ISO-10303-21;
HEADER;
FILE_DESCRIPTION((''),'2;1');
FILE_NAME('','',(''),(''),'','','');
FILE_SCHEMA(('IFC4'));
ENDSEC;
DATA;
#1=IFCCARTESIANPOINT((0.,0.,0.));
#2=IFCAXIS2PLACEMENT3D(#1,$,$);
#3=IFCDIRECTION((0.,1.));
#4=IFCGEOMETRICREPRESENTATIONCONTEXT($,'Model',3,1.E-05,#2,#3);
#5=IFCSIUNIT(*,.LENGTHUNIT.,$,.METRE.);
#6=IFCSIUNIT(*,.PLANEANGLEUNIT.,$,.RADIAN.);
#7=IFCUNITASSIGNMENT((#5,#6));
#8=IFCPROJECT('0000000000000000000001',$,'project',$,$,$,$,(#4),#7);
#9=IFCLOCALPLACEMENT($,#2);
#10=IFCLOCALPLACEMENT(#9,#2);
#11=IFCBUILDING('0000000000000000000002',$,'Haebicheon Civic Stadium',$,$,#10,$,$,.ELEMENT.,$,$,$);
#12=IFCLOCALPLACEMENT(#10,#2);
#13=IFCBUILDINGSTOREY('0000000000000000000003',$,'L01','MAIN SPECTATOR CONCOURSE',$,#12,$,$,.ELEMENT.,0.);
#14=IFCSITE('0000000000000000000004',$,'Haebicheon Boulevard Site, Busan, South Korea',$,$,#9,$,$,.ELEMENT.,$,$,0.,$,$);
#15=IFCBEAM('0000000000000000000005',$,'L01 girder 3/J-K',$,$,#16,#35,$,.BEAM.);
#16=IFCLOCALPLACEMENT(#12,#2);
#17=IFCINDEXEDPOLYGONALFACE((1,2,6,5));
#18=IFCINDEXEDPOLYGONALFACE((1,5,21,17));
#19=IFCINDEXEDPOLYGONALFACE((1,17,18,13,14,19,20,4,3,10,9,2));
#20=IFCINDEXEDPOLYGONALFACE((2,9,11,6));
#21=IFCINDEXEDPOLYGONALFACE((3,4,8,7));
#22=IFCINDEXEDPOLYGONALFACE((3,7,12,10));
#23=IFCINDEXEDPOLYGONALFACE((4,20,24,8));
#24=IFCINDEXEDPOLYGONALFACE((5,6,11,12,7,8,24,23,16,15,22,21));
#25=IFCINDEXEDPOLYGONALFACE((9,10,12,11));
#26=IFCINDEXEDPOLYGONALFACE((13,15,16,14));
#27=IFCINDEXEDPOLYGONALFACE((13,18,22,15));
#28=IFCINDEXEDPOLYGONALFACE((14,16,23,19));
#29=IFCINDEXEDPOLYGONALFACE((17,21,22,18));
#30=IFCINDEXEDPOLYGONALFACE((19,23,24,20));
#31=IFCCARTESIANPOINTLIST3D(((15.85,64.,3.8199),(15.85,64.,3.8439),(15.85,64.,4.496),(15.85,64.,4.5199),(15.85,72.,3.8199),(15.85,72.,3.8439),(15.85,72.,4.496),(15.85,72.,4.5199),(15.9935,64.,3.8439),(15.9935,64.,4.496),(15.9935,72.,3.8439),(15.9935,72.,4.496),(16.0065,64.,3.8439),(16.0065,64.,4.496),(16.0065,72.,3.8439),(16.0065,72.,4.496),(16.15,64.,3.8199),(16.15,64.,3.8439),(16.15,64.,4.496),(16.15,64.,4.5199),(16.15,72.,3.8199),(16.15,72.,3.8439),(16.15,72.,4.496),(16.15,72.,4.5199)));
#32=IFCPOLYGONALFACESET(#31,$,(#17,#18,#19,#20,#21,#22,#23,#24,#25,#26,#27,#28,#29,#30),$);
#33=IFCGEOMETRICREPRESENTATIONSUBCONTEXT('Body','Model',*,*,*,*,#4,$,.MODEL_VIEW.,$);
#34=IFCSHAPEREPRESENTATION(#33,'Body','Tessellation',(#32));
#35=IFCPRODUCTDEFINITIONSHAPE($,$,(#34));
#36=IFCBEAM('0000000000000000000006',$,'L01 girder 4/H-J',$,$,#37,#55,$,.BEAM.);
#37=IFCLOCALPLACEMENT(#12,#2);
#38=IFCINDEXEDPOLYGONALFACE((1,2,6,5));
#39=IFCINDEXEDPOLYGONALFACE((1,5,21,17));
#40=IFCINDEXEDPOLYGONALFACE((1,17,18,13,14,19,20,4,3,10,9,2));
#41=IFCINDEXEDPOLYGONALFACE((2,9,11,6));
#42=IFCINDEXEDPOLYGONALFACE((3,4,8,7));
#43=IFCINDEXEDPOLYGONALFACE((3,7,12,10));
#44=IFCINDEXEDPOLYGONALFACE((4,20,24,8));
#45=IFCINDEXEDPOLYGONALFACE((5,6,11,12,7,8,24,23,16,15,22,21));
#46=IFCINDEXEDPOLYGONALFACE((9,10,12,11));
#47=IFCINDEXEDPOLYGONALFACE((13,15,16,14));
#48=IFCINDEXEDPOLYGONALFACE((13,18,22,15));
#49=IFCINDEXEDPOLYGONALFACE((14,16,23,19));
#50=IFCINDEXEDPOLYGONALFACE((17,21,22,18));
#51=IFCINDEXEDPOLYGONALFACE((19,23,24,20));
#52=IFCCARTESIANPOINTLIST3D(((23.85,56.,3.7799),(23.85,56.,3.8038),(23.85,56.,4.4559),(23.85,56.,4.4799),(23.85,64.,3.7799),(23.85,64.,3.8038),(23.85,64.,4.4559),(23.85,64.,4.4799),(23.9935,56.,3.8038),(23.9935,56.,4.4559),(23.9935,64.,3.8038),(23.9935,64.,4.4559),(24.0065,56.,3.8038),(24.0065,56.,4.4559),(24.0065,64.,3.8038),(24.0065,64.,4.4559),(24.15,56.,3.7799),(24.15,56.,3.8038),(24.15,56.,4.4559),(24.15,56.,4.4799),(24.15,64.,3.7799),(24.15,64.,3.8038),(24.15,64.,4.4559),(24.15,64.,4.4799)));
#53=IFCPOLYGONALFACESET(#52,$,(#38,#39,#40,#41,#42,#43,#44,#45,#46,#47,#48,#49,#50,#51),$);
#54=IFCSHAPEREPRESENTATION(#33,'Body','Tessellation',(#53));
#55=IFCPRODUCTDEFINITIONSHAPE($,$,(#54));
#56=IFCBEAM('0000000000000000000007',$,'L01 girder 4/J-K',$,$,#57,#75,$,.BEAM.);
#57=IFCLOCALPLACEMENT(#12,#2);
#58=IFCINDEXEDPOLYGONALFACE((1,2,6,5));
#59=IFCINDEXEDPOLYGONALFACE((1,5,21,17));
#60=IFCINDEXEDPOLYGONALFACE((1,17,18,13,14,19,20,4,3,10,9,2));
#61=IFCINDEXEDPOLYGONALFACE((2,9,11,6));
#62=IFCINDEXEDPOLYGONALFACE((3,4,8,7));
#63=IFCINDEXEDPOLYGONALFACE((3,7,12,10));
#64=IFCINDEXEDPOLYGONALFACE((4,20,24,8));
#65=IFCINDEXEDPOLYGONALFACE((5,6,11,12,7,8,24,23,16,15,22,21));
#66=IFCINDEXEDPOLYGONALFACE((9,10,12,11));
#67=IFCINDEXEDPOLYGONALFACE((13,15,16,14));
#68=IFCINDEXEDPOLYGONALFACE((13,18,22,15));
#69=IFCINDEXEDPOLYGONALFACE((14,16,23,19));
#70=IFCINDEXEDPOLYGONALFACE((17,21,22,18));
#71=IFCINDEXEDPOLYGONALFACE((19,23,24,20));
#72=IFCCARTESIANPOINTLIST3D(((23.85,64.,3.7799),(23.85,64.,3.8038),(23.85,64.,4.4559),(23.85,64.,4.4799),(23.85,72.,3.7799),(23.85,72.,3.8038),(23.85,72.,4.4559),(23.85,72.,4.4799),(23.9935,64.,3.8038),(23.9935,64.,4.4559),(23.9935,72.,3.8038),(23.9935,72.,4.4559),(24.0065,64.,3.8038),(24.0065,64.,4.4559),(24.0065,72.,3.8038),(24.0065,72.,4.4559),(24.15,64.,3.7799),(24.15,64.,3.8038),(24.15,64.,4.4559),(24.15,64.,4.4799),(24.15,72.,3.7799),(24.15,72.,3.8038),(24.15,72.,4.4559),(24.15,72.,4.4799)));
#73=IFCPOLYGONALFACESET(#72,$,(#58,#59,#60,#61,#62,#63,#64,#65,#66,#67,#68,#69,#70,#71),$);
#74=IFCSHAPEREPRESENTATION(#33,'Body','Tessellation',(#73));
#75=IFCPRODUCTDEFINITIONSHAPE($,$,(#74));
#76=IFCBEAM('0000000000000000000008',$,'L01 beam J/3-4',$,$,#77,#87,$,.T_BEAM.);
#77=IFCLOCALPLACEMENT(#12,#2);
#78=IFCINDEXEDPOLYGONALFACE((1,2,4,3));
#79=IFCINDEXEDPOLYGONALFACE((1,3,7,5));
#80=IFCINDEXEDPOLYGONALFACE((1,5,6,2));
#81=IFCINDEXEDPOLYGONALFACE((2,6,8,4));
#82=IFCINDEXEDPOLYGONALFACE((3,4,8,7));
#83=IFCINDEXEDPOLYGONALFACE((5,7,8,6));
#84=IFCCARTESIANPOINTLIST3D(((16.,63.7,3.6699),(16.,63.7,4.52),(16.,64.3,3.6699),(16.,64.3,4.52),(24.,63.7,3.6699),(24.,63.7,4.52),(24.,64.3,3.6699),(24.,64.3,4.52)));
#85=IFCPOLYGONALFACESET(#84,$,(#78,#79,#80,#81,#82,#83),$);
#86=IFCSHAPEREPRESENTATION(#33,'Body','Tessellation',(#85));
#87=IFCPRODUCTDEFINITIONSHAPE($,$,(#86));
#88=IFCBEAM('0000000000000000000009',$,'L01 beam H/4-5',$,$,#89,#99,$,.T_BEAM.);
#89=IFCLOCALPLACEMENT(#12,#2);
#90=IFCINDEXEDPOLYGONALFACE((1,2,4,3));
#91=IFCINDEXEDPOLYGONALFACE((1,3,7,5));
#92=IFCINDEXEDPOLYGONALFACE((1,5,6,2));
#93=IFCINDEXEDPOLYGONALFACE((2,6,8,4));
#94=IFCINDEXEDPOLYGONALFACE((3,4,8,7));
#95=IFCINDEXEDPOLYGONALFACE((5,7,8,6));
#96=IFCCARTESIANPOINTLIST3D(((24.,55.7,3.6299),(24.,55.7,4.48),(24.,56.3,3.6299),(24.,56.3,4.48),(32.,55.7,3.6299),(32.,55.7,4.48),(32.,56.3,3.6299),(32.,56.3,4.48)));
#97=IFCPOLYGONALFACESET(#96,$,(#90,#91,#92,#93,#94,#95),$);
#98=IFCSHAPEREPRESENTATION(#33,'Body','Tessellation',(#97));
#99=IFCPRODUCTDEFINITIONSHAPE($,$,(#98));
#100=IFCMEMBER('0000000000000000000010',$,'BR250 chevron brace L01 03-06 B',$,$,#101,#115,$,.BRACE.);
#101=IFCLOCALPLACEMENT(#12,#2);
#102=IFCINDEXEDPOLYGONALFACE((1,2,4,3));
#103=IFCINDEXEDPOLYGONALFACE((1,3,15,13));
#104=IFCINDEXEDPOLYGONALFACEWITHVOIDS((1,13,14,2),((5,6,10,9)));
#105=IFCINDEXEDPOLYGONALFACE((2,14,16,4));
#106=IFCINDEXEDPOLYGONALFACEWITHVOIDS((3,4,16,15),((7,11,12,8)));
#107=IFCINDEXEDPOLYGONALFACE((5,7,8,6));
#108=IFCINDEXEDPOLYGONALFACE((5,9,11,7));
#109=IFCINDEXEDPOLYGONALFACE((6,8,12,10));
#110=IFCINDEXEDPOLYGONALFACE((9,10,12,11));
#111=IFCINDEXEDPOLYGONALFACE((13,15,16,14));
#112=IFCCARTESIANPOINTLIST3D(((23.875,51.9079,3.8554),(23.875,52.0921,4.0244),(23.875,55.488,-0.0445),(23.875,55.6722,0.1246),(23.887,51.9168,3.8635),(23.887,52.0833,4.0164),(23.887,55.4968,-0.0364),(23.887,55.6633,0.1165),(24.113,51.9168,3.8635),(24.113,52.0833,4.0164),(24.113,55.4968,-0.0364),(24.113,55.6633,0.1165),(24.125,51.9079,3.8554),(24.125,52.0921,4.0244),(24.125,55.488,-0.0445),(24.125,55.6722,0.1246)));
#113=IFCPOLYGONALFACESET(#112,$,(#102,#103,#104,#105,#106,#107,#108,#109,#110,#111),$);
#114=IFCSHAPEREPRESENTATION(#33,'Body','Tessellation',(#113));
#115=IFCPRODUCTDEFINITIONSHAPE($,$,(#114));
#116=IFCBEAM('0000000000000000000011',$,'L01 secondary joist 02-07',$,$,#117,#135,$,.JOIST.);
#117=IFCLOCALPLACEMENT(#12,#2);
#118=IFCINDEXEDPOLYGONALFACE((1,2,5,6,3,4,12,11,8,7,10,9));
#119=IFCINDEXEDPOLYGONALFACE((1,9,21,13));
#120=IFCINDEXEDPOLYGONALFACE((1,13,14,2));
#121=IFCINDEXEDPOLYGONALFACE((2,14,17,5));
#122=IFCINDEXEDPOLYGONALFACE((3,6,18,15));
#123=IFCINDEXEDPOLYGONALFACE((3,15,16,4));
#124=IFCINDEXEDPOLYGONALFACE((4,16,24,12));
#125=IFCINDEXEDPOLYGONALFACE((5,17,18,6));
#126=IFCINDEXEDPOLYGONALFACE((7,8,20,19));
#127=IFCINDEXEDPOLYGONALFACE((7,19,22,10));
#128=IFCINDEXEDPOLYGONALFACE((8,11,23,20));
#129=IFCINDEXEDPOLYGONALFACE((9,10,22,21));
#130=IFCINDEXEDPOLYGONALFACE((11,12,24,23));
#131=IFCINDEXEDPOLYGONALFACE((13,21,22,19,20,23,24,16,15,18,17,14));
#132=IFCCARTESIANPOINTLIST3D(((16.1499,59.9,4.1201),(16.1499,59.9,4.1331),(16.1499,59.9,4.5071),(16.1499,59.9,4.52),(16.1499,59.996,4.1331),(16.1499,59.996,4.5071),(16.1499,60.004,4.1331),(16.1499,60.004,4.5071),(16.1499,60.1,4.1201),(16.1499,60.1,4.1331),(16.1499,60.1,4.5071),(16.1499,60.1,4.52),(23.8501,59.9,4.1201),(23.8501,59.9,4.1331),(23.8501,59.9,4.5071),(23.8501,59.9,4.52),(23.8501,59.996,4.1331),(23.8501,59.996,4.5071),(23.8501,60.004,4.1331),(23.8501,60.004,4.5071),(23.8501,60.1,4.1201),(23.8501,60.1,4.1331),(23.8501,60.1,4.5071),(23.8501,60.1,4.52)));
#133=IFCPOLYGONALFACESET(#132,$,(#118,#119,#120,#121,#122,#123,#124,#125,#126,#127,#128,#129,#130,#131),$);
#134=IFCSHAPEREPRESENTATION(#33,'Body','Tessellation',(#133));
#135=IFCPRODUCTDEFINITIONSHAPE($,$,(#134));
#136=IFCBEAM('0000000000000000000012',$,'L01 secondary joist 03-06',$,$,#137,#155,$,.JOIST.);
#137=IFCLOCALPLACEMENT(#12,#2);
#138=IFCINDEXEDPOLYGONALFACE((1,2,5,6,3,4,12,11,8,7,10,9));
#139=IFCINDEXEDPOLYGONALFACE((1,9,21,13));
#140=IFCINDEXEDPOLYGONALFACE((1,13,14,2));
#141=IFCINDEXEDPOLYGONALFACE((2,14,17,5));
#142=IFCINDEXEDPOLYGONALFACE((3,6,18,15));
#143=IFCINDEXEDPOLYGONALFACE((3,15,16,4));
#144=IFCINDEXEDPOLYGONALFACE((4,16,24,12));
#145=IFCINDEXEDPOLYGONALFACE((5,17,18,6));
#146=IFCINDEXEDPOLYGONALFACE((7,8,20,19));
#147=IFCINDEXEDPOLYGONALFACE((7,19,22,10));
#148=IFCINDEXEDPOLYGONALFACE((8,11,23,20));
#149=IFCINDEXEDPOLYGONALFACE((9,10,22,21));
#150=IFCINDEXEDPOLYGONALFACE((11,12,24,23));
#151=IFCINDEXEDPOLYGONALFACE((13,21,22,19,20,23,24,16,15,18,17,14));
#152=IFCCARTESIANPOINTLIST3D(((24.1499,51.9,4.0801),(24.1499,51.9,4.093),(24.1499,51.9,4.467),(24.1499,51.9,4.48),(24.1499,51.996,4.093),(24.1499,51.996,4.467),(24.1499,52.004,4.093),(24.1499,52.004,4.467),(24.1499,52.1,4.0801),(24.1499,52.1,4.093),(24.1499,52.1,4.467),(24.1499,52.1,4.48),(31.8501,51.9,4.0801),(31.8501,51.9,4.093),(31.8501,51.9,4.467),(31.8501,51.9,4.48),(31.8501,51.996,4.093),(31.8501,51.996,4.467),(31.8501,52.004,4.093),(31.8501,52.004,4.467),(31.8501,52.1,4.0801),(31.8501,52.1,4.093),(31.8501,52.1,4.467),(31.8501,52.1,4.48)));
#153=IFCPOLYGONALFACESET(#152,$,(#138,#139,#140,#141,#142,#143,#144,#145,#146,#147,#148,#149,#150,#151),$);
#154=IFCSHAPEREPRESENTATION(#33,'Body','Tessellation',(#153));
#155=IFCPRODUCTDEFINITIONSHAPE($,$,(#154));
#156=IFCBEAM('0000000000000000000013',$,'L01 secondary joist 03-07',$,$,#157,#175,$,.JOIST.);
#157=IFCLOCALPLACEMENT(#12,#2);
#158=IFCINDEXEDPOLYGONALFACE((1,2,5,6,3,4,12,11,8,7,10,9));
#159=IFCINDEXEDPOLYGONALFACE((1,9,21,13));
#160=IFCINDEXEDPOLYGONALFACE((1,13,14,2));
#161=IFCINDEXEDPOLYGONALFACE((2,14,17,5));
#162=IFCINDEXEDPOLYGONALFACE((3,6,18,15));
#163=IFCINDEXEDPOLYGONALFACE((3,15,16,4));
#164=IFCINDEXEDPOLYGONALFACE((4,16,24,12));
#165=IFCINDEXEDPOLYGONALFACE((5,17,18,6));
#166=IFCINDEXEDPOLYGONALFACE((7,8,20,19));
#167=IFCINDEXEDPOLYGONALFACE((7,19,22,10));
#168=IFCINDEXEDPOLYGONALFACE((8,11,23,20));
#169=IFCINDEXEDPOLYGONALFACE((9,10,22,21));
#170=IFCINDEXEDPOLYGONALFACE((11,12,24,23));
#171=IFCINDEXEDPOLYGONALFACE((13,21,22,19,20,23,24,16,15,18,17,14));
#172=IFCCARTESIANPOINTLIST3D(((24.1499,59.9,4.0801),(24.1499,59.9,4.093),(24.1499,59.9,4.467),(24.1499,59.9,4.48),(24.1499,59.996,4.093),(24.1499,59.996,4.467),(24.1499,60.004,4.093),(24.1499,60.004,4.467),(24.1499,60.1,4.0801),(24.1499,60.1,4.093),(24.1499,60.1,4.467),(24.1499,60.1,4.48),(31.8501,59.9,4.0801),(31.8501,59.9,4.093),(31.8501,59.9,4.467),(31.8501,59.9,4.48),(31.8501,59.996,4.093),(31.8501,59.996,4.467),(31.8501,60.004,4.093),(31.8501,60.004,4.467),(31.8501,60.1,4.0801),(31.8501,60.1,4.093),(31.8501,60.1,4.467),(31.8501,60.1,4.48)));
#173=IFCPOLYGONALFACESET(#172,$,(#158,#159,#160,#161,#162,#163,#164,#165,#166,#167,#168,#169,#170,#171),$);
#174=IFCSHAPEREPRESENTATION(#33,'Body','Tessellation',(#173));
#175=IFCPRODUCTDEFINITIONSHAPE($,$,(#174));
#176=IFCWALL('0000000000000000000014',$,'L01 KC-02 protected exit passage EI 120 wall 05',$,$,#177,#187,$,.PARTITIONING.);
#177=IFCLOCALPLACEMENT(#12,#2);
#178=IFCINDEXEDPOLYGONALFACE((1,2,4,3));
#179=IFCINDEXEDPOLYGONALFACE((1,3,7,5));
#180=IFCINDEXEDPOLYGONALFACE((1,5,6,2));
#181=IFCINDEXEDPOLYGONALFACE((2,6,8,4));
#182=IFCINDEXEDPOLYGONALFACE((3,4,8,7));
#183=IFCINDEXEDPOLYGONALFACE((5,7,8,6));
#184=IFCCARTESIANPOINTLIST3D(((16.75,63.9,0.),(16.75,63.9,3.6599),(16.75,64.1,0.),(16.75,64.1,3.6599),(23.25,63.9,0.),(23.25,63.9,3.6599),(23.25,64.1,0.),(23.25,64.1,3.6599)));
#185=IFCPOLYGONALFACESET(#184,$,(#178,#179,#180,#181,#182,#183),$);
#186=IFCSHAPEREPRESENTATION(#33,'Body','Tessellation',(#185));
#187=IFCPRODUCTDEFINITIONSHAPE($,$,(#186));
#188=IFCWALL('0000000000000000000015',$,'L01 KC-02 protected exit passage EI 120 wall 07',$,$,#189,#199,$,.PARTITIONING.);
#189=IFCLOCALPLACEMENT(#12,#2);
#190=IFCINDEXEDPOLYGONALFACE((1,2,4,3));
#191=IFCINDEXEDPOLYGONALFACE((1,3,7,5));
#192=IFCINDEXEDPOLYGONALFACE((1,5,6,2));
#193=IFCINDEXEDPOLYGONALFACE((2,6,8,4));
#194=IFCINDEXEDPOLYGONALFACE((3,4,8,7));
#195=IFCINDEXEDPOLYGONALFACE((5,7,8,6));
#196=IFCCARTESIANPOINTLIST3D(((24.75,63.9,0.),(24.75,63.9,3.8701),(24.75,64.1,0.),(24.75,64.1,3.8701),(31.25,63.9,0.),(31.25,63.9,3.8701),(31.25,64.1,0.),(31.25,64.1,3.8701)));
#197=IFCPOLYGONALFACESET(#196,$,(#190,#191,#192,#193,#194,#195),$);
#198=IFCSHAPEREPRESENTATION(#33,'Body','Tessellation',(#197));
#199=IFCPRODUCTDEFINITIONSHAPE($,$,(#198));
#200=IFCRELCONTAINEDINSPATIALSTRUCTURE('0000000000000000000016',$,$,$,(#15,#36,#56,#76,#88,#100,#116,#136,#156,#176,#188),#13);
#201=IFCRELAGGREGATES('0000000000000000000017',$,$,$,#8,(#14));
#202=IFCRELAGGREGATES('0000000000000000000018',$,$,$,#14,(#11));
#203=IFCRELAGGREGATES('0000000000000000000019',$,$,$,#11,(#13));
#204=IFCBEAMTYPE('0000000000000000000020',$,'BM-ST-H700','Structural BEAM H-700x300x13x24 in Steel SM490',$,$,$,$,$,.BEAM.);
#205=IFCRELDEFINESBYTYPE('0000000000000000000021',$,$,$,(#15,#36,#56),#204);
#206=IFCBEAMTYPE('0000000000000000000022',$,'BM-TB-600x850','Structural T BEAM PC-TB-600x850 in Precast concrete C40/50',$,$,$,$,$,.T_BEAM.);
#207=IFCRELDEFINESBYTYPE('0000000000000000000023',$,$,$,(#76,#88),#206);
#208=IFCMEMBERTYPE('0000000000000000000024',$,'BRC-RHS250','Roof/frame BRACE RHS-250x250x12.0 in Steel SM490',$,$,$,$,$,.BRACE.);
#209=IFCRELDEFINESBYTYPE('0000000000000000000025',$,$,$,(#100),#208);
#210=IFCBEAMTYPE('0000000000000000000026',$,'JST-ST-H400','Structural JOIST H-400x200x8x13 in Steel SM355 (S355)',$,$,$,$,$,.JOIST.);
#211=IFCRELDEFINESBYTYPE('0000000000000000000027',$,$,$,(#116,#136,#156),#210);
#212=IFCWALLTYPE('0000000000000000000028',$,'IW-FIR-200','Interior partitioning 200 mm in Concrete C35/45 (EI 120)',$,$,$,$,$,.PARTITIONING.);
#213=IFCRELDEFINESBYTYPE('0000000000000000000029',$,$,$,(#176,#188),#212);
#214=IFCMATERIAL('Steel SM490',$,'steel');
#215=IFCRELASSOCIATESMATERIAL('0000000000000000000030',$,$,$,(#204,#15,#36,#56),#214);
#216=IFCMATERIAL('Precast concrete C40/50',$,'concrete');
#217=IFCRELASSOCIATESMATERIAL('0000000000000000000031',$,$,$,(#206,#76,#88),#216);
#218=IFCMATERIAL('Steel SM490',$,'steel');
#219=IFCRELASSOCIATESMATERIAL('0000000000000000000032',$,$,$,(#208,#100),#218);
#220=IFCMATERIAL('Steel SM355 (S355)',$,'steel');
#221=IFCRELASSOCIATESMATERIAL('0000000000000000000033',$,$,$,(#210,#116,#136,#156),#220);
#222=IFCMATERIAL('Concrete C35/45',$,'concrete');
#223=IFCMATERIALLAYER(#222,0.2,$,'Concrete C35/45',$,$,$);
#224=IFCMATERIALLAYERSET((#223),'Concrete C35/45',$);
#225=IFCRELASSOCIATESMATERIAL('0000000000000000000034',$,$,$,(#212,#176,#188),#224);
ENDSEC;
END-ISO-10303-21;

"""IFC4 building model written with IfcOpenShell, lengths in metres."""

from ifc_helpers import new_model, si_unit, direction, frame, frame_2d, origin, origin_2d, place, context, subcontext, project, spatial, rectangle, hollow_rectangle, i_section, extrude, material, layer, layer_set, material_profile, profile_set, type_object, element, save


model = new_model("IFC4")

# Units and contexts
model_context = context("Model", 3, precision=1e-05, world=origin(), true_north=direction((0.0, 1.0)))
body_context = subcontext(model_context, "Body", "Model", "MODEL_VIEW")
ifc_project = project(units=[si_unit("LENGTHUNIT", "METRE"), si_unit("PLANEANGLEUNIT", "RADIAN")], contexts=[model_context])

# Site, building, storey
site_placement = place(None, origin())
site = spatial("IfcSite", under=ifc_project, at=site_placement, Name="Haebicheon Boulevard Site, Busan, South Korea", CompositionType="ELEMENT", RefElevation=0.0)
building_placement = place(site_placement, origin())
building = spatial("IfcBuilding", under=site, at=building_placement, Name="Haebicheon Civic Stadium", CompositionType="ELEMENT")
storey_placement = place(building_placement, origin())
storey = spatial("IfcBuildingStorey", under=building, at=storey_placement, Name="L01", Description="MAIN SPECTATOR CONCOURSE", CompositionType="ELEMENT", Elevation=0.0)

# Beams
ifc_material_1 = material(Name="Steel SM490", Category="steel")
ifc_material_profile_1 = material_profile(ifc_material_1, i_section(OverallWidth=0.3, OverallDepth=0.7, WebThickness=0.0129, FlangeThickness=0.0239, at=origin_2d()), Name="H-700x300x13x24")
ifc_profile_set_1 = profile_set([ifc_material_profile_1], Name="Steel SM490")
beam_type_1 = type_object("IfcBeamType", Name="BM-ST-H700", Description="Structural BEAM H-700x300x13x24 in Steel SM490", PredefinedType="BEAM", material=ifc_profile_set_1)
for number, where, z_axis, x_axis, name in (
    (1, (16.0, 64.0, 4.1699), (0.0, 1.0, 0.0), (-1.0, 0.0, 0.0), "L01 girder 3/J-K"),
    (2, (24.0, 56.0, 4.1299), (0.0, 1.0, 0.0), (-1.0, 0.0, 0.0), "L01 girder 4/H-J"),
    (3, (24.0, 64.0, 4.1299), (0.0, 1.0, 0.0), (-1.0, 0.0, 0.0), "L01 girder 4/J-K"),
):
    element("IfcBeam", number, at=place(storey_placement, frame(where, z_axis=z_axis, x_axis=x_axis)), inside=storey, type_object=beam_type_1, material=ifc_profile_set_1, Name=name, PredefinedType="BEAM", context=body_context, shape_type="SweptSolid", body=[
        extrude(i_section(OverallWidth=0.3, OverallDepth=0.7, WebThickness=0.0129, FlangeThickness=0.0239, at=origin_2d()), origin(), (0.0, 0.0, 1.0), 8.0),
    ])
ifc_material_2 = material(Name="Precast concrete C40/50", Category="concrete")
ifc_material_profile_2 = material_profile(ifc_material_2, rectangle(XDim=0.6001, YDim=0.8501, at=origin_2d()), Name="PC-TB-600x850")
ifc_profile_set_2 = profile_set([ifc_material_profile_2], Name="Precast concrete C40/50")
beam_type_2 = type_object("IfcBeamType", Name="BM-TB-600x850", Description="Structural T BEAM PC-TB-600x850 in Precast concrete C40/50", PredefinedType="T_BEAM", material=ifc_profile_set_2)
for number, where, z_axis, x_axis, name in (
    (4, (16.0, 64.0, 4.095), (1.0, 0.0, 0.0), (0.0, 1.0, 0.0), "L01 beam J/3-4"),
    (5, (24.0, 56.0, 4.0549), (1.0, 0.0, 0.0), (0.0, 1.0, 0.0), "L01 beam H/4-5"),
):
    element("IfcBeam", number, at=place(storey_placement, frame(where, z_axis=z_axis, x_axis=x_axis)), inside=storey, type_object=beam_type_2, material=ifc_profile_set_2, Name=name, PredefinedType="T_BEAM", context=body_context, shape_type="SweptSolid", body=[
        extrude(rectangle(XDim=0.6001, YDim=0.8501, at=origin_2d()), origin(), (0.0, 0.0, 1.0), 8.0),
    ])

# Member
ifc_material_3 = material(Name="Steel SM490", Category="steel")
ifc_material_profile_3 = material_profile(ifc_material_3, hollow_rectangle(XDim=0.25, YDim=0.25, WallThickness=0.012, at=origin_2d()), Name="RHS-250x250x12.0")
ifc_profile_set_3 = profile_set([ifc_material_profile_3], Name="Steel SM490")
member_type = type_object("IfcMemberType", Name="BRC-RHS250", Description="Roof/frame BRACE RHS-250x250x12.0 in Steel SM490", PredefinedType="BRACE", material=ifc_profile_set_3)
member_placement = place(storey_placement, frame((24.0, 55.5801, 0.04), z_axis=(0.0, -0.676255, 0.736668), x_axis=(1.0, 0.0, 0.0)))
element("IfcMember", 6, at=member_placement, inside=storey, type_object=member_type, material=ifc_profile_set_3, Name="BR250 chevron brace L01 03-06 B", PredefinedType="BRACE", context=body_context, shape_type="SweptSolid", body=[
    extrude(hollow_rectangle(XDim=0.25, YDim=0.25, WallThickness=0.012, at=origin_2d()), origin(), (0.0, 0.0, 1.0), 5.2939),
])

# Beams
ifc_material_4 = material(Name="Steel SM355 (S355)", Category="steel")
ifc_material_profile_4 = material_profile(ifc_material_4, i_section(OverallWidth=0.2, OverallDepth=0.3999, WebThickness=0.0081, FlangeThickness=0.0129, at=origin_2d()), Name="H-400x200x8x13")
ifc_profile_set_4 = profile_set([ifc_material_profile_4], Name="Steel SM355 (S355)")
beam_type_3 = type_object("IfcBeamType", Name="JST-ST-H400", Description="Structural JOIST H-400x200x8x13 in Steel SM355 (S355)", PredefinedType="JOIST", material=ifc_profile_set_4)
for number, where, z_axis, x_axis, name in (
    (7, (16.1499, 60.0, 4.3201), (1.0, 0.0, 0.0), (0.0, 1.0, 0.0), "L01 secondary joist 02-07"),
    (8, (24.1499, 52.0, 4.28), (1.0, 0.0, 0.0), (0.0, 1.0, 0.0), "L01 secondary joist 03-06"),
    (9, (24.1499, 60.0, 4.28), (1.0, 0.0, 0.0), (0.0, 1.0, 0.0), "L01 secondary joist 03-07"),
):
    element("IfcBeam", number, at=place(storey_placement, frame(where, z_axis=z_axis, x_axis=x_axis)), inside=storey, type_object=beam_type_3, material=ifc_profile_set_4, Name=name, PredefinedType="JOIST", context=body_context, shape_type="SweptSolid", body=[
        extrude(i_section(OverallWidth=0.2, OverallDepth=0.3999, WebThickness=0.0081, FlangeThickness=0.0129, at=origin_2d()), origin(), (0.0, 0.0, 1.0), 7.7002),
    ])

# Walls
ifc_material_5 = material(Name="Concrete C35/45", Category="concrete")
ifc_layer_1 = layer(ifc_material_5, 0.2, Name="Concrete C35/45")
ifc_layer_set_1 = layer_set([ifc_layer_1], Name="Concrete C35/45")
wall_type = type_object("IfcWallType", Name="IW-FIR-200", Description="Interior partitioning 200 mm in Concrete C35/45 (EI 120)", PredefinedType="PARTITIONING", material=ifc_layer_set_1)
wall_1_placement = place(storey_placement, frame((16.75, 64.0, 0.0), z_axis=(0.0, 0.0, 1.0), x_axis=(1.0, 0.0, 0.0)))
element("IfcWall", 10, at=wall_1_placement, inside=storey, type_object=wall_type, material=ifc_layer_set_1, Name="L01 KC-02 protected exit passage EI 120 wall 05", PredefinedType="PARTITIONING", context=body_context, shape_type="SweptSolid", body=[
    extrude(rectangle(XDim=6.5, YDim=0.2, at=frame_2d((3.25, 0.0))), origin(), (0.0, 0.0, 1.0), 3.6599),
])
wall_2_placement = place(storey_placement, frame((24.75, 64.0, 0.0), z_axis=(0.0, 0.0, 1.0), x_axis=(1.0, 0.0, 0.0)))
element("IfcWall", 11, at=wall_2_placement, inside=storey, type_object=wall_type, material=ifc_layer_set_1, Name="L01 KC-02 protected exit passage EI 120 wall 07", PredefinedType="PARTITIONING", context=body_context, shape_type="SweptSolid", body=[
    extrude(rectangle(XDim=6.5, YDim=0.2, at=frame_2d((3.25, 0.0))), origin(), (0.0, 0.0, 1.0), 3.8701),
])

save(model, "model.ifc")
